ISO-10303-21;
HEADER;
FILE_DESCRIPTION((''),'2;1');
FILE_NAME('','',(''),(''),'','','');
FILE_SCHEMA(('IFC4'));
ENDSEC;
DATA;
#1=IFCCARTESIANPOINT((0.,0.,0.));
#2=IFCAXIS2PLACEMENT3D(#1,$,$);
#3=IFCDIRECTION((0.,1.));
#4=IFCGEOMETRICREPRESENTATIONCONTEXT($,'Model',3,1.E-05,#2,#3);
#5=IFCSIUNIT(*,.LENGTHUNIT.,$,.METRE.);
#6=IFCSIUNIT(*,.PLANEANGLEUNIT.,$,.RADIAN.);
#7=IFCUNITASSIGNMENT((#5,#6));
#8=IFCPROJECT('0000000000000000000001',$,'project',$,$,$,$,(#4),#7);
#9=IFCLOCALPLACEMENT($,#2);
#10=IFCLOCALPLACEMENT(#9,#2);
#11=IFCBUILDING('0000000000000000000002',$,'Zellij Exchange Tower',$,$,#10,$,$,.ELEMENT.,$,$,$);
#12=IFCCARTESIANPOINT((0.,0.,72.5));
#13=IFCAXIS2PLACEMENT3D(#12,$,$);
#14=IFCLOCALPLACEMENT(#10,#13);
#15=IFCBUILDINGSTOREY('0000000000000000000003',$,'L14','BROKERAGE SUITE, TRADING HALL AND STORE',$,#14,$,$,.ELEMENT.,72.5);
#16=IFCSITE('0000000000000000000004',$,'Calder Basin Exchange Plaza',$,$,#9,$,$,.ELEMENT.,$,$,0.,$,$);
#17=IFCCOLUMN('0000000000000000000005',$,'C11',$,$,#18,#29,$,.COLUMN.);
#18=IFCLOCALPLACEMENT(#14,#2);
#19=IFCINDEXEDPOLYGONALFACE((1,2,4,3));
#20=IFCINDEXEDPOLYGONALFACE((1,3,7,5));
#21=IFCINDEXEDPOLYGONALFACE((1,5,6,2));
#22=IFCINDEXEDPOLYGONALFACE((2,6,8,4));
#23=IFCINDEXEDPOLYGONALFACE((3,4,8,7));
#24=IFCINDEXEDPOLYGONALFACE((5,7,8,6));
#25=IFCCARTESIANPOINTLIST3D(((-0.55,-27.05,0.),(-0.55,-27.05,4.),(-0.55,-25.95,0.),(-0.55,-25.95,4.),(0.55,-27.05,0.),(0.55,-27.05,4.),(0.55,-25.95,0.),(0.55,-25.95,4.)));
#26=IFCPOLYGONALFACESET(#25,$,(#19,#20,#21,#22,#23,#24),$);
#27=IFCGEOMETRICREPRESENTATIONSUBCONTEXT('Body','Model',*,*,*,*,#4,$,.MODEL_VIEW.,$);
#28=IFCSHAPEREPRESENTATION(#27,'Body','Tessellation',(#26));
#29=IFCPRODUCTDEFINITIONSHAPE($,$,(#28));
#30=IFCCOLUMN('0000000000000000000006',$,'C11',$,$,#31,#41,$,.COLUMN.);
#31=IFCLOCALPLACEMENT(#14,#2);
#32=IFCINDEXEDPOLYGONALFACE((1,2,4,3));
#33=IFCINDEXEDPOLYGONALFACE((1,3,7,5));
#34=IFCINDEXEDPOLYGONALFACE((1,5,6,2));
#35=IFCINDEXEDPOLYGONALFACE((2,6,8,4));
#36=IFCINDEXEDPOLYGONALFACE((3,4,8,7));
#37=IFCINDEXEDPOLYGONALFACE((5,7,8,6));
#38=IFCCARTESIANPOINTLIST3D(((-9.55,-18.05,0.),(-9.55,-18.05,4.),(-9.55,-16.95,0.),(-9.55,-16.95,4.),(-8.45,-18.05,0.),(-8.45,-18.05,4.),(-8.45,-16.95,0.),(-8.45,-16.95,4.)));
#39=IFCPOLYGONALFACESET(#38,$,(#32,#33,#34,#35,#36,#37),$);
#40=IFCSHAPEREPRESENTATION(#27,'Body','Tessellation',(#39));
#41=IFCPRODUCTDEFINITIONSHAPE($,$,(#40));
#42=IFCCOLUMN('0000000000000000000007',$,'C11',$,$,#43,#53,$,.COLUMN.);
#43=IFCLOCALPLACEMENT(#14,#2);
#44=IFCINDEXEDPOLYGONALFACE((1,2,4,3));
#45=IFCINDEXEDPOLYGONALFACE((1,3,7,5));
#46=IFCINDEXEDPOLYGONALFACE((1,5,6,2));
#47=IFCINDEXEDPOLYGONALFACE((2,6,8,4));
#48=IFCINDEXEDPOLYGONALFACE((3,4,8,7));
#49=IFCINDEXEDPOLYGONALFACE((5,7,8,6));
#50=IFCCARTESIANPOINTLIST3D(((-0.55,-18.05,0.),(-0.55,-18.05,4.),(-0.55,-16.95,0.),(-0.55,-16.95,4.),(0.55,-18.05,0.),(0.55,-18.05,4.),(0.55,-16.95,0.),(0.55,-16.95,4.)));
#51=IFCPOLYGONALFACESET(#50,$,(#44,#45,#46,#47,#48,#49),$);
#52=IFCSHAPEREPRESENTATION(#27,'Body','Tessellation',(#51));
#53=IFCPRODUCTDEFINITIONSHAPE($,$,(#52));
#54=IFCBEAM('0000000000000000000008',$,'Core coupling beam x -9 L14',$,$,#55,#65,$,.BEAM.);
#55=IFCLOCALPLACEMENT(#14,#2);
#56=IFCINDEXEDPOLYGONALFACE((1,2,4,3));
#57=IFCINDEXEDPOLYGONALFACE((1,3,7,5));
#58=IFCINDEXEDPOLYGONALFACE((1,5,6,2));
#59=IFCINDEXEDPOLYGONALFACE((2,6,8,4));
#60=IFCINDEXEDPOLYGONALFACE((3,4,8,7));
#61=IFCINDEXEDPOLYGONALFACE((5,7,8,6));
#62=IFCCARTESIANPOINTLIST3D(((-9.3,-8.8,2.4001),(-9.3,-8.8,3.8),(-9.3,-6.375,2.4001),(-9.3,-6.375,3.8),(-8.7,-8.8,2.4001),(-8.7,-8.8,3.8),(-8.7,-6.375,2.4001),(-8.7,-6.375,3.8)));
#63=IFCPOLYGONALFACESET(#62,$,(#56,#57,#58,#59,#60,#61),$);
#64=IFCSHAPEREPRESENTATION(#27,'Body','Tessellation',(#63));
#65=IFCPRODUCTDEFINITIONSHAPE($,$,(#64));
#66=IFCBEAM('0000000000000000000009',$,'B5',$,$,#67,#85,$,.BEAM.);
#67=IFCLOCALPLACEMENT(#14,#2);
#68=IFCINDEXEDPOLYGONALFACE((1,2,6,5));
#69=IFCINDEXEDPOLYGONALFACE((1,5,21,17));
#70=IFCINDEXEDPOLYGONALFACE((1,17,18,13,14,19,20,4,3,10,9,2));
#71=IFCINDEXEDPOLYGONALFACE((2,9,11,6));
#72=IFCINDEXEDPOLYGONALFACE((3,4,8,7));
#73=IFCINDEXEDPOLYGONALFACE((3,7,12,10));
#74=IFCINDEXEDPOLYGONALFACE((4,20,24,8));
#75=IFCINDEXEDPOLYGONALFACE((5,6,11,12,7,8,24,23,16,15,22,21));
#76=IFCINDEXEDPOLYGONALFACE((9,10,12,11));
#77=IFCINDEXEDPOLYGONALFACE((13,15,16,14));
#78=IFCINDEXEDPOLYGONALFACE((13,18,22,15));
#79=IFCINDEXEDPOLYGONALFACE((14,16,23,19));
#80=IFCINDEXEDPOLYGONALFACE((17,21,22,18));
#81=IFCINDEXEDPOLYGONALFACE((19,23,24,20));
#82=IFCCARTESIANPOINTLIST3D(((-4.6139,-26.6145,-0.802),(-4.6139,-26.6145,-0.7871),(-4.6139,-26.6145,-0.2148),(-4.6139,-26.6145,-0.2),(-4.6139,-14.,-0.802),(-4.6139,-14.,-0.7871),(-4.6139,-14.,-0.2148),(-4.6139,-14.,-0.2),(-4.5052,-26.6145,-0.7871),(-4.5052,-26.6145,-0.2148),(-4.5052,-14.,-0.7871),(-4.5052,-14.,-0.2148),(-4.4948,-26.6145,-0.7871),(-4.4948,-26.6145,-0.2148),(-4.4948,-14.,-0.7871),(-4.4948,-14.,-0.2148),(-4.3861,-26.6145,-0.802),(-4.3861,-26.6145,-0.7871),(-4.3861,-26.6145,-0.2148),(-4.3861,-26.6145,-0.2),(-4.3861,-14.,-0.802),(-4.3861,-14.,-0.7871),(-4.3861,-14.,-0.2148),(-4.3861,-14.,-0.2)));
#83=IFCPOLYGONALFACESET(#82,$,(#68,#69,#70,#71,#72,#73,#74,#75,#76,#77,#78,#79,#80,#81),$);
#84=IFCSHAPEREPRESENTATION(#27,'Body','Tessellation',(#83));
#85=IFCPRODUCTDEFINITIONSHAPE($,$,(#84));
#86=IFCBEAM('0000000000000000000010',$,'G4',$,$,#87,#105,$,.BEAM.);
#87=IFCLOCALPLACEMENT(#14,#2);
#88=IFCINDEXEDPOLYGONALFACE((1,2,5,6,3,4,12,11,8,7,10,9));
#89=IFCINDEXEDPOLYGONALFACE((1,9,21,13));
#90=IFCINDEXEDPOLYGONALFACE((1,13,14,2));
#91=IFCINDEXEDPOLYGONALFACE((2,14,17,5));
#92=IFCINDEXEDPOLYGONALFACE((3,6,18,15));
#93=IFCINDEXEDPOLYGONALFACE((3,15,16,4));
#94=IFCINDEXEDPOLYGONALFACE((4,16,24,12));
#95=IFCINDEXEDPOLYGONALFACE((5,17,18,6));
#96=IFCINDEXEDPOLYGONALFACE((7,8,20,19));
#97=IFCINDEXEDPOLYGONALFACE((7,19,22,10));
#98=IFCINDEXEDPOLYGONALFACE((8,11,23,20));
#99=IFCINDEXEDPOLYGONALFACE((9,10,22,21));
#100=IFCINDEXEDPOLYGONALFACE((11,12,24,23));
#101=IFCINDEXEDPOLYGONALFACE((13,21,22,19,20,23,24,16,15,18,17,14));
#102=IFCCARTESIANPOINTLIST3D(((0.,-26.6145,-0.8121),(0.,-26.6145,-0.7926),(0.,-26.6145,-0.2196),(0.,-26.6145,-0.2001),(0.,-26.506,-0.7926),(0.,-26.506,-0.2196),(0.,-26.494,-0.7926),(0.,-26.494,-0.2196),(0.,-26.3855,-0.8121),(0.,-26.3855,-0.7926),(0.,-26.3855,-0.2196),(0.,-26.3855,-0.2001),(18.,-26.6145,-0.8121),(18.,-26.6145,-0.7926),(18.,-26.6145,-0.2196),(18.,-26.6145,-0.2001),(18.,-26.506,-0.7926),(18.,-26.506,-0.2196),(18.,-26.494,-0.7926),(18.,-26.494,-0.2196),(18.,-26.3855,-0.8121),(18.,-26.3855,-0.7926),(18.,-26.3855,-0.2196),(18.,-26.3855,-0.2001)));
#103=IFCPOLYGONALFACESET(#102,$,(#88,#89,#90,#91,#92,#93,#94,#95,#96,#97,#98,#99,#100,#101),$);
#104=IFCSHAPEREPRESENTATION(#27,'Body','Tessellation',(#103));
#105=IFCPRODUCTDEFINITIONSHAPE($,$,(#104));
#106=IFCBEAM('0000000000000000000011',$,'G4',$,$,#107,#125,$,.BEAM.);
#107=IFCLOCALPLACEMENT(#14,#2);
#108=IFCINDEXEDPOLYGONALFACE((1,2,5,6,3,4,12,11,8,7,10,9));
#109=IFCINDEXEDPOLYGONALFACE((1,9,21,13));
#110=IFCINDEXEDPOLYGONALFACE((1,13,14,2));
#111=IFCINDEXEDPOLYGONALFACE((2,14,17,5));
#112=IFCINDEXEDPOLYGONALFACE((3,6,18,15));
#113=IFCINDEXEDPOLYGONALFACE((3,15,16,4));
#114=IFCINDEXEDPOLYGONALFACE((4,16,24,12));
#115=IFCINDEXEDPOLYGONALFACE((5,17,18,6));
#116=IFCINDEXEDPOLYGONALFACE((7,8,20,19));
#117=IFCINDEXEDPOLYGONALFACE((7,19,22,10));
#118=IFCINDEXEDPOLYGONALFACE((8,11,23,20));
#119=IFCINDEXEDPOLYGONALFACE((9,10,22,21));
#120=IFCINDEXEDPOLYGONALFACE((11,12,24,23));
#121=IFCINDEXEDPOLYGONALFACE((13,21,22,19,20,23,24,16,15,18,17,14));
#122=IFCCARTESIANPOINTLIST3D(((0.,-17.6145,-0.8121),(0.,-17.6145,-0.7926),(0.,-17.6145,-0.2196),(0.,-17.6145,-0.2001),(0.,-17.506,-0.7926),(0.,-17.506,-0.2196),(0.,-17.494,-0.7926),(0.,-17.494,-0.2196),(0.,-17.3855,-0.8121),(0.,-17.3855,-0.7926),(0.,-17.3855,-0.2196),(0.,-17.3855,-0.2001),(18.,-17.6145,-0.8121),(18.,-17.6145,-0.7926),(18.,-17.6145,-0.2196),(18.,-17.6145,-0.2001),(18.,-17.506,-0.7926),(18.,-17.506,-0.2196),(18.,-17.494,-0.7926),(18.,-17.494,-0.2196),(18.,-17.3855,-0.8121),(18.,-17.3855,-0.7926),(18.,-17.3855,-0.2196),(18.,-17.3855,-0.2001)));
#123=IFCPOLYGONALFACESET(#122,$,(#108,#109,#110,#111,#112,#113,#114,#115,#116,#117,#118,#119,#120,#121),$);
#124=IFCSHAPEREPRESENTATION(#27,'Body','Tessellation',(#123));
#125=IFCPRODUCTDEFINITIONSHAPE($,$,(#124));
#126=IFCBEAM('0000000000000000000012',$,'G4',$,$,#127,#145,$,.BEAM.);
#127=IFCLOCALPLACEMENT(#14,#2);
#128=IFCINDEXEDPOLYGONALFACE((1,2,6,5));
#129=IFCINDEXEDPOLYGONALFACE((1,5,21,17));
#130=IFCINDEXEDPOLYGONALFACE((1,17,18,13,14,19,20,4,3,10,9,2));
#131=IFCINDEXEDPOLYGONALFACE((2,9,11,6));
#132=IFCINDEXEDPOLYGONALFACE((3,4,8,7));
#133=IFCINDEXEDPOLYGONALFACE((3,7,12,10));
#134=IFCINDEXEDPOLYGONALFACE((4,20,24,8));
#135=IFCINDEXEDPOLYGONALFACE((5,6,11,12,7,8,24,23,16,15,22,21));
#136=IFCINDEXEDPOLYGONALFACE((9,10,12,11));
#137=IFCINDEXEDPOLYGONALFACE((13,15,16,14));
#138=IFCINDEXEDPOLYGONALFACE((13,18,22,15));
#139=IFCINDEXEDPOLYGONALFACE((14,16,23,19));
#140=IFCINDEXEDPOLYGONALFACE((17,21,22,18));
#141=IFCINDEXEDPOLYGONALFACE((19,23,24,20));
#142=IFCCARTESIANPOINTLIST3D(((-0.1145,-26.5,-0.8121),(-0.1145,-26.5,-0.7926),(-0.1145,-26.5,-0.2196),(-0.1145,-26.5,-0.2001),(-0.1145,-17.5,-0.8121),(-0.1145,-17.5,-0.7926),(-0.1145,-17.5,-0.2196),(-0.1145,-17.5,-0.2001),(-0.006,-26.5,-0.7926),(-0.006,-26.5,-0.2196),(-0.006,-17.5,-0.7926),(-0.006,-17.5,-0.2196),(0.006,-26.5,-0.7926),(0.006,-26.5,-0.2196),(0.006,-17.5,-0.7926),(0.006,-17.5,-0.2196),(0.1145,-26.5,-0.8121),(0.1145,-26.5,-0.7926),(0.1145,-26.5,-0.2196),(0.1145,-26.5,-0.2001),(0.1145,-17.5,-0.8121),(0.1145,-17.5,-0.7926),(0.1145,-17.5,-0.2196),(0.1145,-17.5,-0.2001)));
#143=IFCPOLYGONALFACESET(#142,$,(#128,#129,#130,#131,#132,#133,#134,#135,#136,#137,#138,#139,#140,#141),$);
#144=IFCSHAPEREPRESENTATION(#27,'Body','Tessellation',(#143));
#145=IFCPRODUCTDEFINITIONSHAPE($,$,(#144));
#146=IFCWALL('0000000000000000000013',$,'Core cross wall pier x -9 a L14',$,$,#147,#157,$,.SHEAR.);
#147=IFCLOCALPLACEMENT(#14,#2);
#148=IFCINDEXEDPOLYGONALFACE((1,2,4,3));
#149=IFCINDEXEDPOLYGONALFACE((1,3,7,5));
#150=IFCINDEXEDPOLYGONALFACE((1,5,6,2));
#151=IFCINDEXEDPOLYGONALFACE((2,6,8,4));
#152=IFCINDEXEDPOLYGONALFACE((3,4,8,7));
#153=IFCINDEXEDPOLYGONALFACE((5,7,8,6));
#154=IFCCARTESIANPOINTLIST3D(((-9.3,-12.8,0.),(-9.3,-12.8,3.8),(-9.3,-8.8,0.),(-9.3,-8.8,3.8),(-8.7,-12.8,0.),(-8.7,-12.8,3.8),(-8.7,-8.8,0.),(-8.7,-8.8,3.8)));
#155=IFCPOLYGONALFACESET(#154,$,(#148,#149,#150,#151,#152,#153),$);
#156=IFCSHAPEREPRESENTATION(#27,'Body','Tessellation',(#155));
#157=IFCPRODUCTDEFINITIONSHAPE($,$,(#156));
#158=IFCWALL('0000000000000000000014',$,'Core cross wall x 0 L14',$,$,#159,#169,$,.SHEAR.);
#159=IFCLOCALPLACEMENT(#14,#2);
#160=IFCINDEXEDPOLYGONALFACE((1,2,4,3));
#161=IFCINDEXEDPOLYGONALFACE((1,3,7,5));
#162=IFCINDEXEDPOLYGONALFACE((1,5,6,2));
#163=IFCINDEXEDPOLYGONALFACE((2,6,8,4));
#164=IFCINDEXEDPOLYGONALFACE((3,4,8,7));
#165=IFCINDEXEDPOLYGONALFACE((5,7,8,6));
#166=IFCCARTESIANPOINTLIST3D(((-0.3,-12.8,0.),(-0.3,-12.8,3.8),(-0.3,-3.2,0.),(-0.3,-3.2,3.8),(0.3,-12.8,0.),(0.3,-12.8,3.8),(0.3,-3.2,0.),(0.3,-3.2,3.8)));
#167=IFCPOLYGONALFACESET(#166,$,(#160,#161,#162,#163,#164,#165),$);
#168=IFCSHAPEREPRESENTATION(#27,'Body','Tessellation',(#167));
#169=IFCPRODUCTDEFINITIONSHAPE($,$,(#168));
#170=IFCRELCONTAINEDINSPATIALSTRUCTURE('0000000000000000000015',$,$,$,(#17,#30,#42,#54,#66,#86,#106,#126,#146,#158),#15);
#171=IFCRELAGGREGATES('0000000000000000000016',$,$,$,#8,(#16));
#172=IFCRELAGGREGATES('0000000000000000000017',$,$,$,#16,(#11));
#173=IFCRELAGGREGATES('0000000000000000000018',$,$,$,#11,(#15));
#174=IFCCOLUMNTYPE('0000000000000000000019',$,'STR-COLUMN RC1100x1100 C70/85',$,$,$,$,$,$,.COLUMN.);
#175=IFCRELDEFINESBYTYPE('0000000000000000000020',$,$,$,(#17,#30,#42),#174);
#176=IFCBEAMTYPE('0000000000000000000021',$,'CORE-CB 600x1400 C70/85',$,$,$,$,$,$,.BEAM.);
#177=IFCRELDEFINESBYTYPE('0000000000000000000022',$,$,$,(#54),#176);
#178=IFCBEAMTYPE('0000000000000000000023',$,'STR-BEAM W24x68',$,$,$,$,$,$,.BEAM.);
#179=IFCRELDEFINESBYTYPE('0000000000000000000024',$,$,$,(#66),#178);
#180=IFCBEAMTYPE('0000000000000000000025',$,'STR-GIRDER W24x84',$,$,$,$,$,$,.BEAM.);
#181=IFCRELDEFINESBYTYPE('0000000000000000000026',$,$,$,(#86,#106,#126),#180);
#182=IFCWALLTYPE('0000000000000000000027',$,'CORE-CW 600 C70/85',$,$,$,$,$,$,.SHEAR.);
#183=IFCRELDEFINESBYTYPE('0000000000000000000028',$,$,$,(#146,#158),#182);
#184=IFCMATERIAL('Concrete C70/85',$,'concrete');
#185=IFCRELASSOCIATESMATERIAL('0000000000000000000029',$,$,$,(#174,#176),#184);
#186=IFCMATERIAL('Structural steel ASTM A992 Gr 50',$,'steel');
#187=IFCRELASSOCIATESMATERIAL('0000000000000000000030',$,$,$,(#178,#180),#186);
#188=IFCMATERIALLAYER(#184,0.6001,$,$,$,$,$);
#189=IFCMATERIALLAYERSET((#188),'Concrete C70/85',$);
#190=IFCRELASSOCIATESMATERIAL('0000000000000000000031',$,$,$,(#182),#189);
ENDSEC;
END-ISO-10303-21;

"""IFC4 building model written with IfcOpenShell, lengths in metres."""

from ifc_helpers import new_model, si_unit, direction, frame, frame_2d, origin, origin_2d, place, context, subcontext, project, spatial, rectangle, i_section, extrude, material, layer, layer_set, material_profile, profile_set, type_object, element, save


model = new_model("IFC4")

# Units and contexts
model_context = context("Model", 3, precision=1e-05, world=origin(), true_north=direction((0.0, 1.0)))
body_context = subcontext(model_context, "Body", "Model", "MODEL_VIEW")
ifc_project = project(units=[si_unit("LENGTHUNIT", "METRE"), si_unit("PLANEANGLEUNIT", "RADIAN")], contexts=[model_context])

# Site, building, storey
site_placement = place(None, origin())
site = spatial("IfcSite", under=ifc_project, at=site_placement, Name="Calder Basin Exchange Plaza", CompositionType="ELEMENT", RefElevation=0.0)
building_placement = place(site_placement, origin())
building = spatial("IfcBuilding", under=site, at=building_placement, Name="Zellij Exchange Tower", CompositionType="ELEMENT")
storey_placement = place(building_placement, frame((0.0, 0.0, 72.5)))
storey = spatial("IfcBuildingStorey", under=building, at=storey_placement, Name="L14", Description="BROKERAGE SUITE, TRADING HALL AND STORE", CompositionType="ELEMENT", Elevation=72.5)

# Columns
ifc_material_1 = material(Name="Concrete C70/85", Category="concrete")
ifc_material_profile_1 = material_profile(ifc_material_1, rectangle(XDim=1.1001, YDim=1.1001, at=origin_2d()), Name="STR-COLUMN RC1100x1100 C70/85")
ifc_profile_set_1 = profile_set([ifc_material_profile_1], Name="Concrete C70/85")
column_type = type_object("IfcColumnType", Name="STR-COLUMN RC1100x1100 C70/85", PredefinedType="COLUMN", material=ifc_profile_set_1)
for number, where, z_axis, x_axis, name in (
    (1, (0.0, -26.5, 0.0), (0.0, 0.0, 1.0), (1.0, 0.0, 0.0), "C11"),
    (2, (-9.0, -17.5, 0.0), (0.0, 0.0, 1.0), (1.0, 0.0, 0.0), "C11"),
    (3, (0.0, -17.5, 0.0), (0.0, 0.0, 1.0), (1.0, 0.0, 0.0), "C11"),
):
    element("IfcColumn", number, at=place(storey_placement, frame(where, z_axis=z_axis, x_axis=x_axis)), inside=storey, type_object=column_type, Name=name, PredefinedType="COLUMN", context=body_context, shape_type="SweptSolid", body=[
        extrude(rectangle(XDim=1.1001, YDim=1.1001, at=origin_2d()), origin(), (0.0, 0.0, 1.0), 4.0),
    ])

# Beams
ifc_material_profile_2 = material_profile(ifc_material_1, rectangle(XDim=0.6001, YDim=1.3999, at=origin_2d()), Name="CORE-CB 600x1400 C70/85")
ifc_profile_set_2 = profile_set([ifc_material_profile_2], Name="Concrete C70/85")
beam_type_1 = type_object("IfcBeamType", Name="CORE-CB 600x1400 C70/85", PredefinedType="BEAM", material=ifc_profile_set_2)
beam_1_placement = place(storey_placement, frame((-9.0, -8.8, 3.1001), z_axis=(0.0, 1.0, 0.0), x_axis=(-1.0, 0.0, 0.0)))
element("IfcBeam", 4, at=beam_1_placement, inside=storey, type_object=beam_type_1, Name="Core coupling beam x -9 L14", PredefinedType="BEAM", context=body_context, shape_type="SweptSolid", body=[
    extrude(rectangle(XDim=0.6001, YDim=1.3999, at=origin_2d()), origin(), (0.0, 0.0, 1.0), 2.425),
])
ifc_material_2 = material(Name="Structural steel ASTM A992 Gr 50", Category="steel")
ifc_material_profile_3 = material_profile(ifc_material_2, i_section(OverallWidth=0.2278, OverallDepth=0.6021, WebThickness=0.0105, FlangeThickness=0.0149, at=origin_2d()), Name="W24x68")
ifc_profile_set_3 = profile_set([ifc_material_profile_3], Name="Structural steel ASTM A992 Gr 50")
beam_type_2 = type_object("IfcBeamType", Name="STR-BEAM W24x68", PredefinedType="BEAM", material=ifc_profile_set_3)
beam_2_placement = place(storey_placement, frame((-4.5, -26.6145, -0.501), z_axis=(0.0, 1.0, 0.0), x_axis=(-1.0, 0.0, 0.0)))
element("IfcBeam", 5, at=beam_2_placement, inside=storey, type_object=beam_type_2, Name="B5", PredefinedType="BEAM", context=body_context, shape_type="SweptSolid", body=[
    extrude(i_section(OverallWidth=0.2278, OverallDepth=0.6021, WebThickness=0.0105, FlangeThickness=0.0149, at=origin_2d()), origin(), (0.0, 0.0, 1.0), 12.6145),
])
ifc_material_profile_4 = material_profile(ifc_material_2, i_section(OverallWidth=0.229, OverallDepth=0.6121, WebThickness=0.012, FlangeThickness=0.0195, at=origin_2d()), Name="W24x84")
ifc_profile_set_4 = profile_set([ifc_material_profile_4], Name="Structural steel ASTM A992 Gr 50")
beam_type_3 = type_object("IfcBeamType", Name="STR-GIRDER W24x84", PredefinedType="BEAM", material=ifc_profile_set_4)
for number, where, z_axis, x_axis, name in (
    (6, (0.0, -26.5, -0.5061), (1.0, 0.0, 0.0), (0.0, 1.0, 0.0), "G4"),
    (7, (0.0, -17.5, -0.5061), (1.0, 0.0, 0.0), (0.0, 1.0, 0.0), "G4"),
):
    element("IfcBeam", number, at=place(storey_placement, frame(where, z_axis=z_axis, x_axis=x_axis)), inside=storey, type_object=beam_type_3, Name=name, PredefinedType="BEAM", context=body_context, shape_type="SweptSolid", body=[
        extrude(i_section(OverallWidth=0.229, OverallDepth=0.6121, WebThickness=0.012, FlangeThickness=0.0195, at=origin_2d()), origin(), (0.0, 0.0, 1.0), 18.0),
    ])
beam_3_placement = place(storey_placement, frame((0.0, -26.5, -0.5061), z_axis=(0.0, 1.0, 0.0), x_axis=(-1.0, 0.0, 0.0)))
element("IfcBeam", 8, at=beam_3_placement, inside=storey, type_object=beam_type_3, Name="G4", PredefinedType="BEAM", context=body_context, shape_type="SweptSolid", body=[
    extrude(i_section(OverallWidth=0.229, OverallDepth=0.6121, WebThickness=0.012, FlangeThickness=0.0195, at=origin_2d()), origin(), (0.0, 0.0, 1.0), 9.0),
])

# Walls
ifc_layer_1 = layer(ifc_material_1, 0.6001)
ifc_layer_set_1 = layer_set([ifc_layer_1], Name="Concrete C70/85")
wall_type_1 = type_object("IfcWallType", Name="CORE-CW 600 C70/85", PredefinedType="SHEAR", material=ifc_layer_set_1)
wall_1_placement = place(storey_placement, frame((-9.0, -12.8, 0.0), z_axis=(0.0, 0.0, 1.0), x_axis=(0.0, 1.0, 0.0)))
element("IfcWall", 9, at=wall_1_placement, inside=storey, type_object=wall_type_1, Name="Core cross wall pier x -9 a L14", PredefinedType="SHEAR", context=body_context, shape_type="SweptSolid", body=[
    extrude(rectangle(XDim=4.0, YDim=0.6001, at=frame_2d((2.0, 0.0))), origin(), (0.0, 0.0, 1.0), 3.8),
])
wall_2_placement = place(storey_placement, frame((0.0, -12.8, 0.0), z_axis=(0.0, 0.0, 1.0), x_axis=(0.0, 1.0, 0.0)))
element("IfcWall", 10, at=wall_2_placement, inside=storey, type_object=wall_type_1, Name="Core cross wall x 0 L14", PredefinedType="SHEAR", context=body_context, shape_type="SweptSolid", body=[
    extrude(rectangle(XDim=9.6001, YDim=0.6001, at=frame_2d((4.8, 0.0))), origin(), (0.0, 0.0, 1.0), 3.8),
])

save(model, "model.ifc")
